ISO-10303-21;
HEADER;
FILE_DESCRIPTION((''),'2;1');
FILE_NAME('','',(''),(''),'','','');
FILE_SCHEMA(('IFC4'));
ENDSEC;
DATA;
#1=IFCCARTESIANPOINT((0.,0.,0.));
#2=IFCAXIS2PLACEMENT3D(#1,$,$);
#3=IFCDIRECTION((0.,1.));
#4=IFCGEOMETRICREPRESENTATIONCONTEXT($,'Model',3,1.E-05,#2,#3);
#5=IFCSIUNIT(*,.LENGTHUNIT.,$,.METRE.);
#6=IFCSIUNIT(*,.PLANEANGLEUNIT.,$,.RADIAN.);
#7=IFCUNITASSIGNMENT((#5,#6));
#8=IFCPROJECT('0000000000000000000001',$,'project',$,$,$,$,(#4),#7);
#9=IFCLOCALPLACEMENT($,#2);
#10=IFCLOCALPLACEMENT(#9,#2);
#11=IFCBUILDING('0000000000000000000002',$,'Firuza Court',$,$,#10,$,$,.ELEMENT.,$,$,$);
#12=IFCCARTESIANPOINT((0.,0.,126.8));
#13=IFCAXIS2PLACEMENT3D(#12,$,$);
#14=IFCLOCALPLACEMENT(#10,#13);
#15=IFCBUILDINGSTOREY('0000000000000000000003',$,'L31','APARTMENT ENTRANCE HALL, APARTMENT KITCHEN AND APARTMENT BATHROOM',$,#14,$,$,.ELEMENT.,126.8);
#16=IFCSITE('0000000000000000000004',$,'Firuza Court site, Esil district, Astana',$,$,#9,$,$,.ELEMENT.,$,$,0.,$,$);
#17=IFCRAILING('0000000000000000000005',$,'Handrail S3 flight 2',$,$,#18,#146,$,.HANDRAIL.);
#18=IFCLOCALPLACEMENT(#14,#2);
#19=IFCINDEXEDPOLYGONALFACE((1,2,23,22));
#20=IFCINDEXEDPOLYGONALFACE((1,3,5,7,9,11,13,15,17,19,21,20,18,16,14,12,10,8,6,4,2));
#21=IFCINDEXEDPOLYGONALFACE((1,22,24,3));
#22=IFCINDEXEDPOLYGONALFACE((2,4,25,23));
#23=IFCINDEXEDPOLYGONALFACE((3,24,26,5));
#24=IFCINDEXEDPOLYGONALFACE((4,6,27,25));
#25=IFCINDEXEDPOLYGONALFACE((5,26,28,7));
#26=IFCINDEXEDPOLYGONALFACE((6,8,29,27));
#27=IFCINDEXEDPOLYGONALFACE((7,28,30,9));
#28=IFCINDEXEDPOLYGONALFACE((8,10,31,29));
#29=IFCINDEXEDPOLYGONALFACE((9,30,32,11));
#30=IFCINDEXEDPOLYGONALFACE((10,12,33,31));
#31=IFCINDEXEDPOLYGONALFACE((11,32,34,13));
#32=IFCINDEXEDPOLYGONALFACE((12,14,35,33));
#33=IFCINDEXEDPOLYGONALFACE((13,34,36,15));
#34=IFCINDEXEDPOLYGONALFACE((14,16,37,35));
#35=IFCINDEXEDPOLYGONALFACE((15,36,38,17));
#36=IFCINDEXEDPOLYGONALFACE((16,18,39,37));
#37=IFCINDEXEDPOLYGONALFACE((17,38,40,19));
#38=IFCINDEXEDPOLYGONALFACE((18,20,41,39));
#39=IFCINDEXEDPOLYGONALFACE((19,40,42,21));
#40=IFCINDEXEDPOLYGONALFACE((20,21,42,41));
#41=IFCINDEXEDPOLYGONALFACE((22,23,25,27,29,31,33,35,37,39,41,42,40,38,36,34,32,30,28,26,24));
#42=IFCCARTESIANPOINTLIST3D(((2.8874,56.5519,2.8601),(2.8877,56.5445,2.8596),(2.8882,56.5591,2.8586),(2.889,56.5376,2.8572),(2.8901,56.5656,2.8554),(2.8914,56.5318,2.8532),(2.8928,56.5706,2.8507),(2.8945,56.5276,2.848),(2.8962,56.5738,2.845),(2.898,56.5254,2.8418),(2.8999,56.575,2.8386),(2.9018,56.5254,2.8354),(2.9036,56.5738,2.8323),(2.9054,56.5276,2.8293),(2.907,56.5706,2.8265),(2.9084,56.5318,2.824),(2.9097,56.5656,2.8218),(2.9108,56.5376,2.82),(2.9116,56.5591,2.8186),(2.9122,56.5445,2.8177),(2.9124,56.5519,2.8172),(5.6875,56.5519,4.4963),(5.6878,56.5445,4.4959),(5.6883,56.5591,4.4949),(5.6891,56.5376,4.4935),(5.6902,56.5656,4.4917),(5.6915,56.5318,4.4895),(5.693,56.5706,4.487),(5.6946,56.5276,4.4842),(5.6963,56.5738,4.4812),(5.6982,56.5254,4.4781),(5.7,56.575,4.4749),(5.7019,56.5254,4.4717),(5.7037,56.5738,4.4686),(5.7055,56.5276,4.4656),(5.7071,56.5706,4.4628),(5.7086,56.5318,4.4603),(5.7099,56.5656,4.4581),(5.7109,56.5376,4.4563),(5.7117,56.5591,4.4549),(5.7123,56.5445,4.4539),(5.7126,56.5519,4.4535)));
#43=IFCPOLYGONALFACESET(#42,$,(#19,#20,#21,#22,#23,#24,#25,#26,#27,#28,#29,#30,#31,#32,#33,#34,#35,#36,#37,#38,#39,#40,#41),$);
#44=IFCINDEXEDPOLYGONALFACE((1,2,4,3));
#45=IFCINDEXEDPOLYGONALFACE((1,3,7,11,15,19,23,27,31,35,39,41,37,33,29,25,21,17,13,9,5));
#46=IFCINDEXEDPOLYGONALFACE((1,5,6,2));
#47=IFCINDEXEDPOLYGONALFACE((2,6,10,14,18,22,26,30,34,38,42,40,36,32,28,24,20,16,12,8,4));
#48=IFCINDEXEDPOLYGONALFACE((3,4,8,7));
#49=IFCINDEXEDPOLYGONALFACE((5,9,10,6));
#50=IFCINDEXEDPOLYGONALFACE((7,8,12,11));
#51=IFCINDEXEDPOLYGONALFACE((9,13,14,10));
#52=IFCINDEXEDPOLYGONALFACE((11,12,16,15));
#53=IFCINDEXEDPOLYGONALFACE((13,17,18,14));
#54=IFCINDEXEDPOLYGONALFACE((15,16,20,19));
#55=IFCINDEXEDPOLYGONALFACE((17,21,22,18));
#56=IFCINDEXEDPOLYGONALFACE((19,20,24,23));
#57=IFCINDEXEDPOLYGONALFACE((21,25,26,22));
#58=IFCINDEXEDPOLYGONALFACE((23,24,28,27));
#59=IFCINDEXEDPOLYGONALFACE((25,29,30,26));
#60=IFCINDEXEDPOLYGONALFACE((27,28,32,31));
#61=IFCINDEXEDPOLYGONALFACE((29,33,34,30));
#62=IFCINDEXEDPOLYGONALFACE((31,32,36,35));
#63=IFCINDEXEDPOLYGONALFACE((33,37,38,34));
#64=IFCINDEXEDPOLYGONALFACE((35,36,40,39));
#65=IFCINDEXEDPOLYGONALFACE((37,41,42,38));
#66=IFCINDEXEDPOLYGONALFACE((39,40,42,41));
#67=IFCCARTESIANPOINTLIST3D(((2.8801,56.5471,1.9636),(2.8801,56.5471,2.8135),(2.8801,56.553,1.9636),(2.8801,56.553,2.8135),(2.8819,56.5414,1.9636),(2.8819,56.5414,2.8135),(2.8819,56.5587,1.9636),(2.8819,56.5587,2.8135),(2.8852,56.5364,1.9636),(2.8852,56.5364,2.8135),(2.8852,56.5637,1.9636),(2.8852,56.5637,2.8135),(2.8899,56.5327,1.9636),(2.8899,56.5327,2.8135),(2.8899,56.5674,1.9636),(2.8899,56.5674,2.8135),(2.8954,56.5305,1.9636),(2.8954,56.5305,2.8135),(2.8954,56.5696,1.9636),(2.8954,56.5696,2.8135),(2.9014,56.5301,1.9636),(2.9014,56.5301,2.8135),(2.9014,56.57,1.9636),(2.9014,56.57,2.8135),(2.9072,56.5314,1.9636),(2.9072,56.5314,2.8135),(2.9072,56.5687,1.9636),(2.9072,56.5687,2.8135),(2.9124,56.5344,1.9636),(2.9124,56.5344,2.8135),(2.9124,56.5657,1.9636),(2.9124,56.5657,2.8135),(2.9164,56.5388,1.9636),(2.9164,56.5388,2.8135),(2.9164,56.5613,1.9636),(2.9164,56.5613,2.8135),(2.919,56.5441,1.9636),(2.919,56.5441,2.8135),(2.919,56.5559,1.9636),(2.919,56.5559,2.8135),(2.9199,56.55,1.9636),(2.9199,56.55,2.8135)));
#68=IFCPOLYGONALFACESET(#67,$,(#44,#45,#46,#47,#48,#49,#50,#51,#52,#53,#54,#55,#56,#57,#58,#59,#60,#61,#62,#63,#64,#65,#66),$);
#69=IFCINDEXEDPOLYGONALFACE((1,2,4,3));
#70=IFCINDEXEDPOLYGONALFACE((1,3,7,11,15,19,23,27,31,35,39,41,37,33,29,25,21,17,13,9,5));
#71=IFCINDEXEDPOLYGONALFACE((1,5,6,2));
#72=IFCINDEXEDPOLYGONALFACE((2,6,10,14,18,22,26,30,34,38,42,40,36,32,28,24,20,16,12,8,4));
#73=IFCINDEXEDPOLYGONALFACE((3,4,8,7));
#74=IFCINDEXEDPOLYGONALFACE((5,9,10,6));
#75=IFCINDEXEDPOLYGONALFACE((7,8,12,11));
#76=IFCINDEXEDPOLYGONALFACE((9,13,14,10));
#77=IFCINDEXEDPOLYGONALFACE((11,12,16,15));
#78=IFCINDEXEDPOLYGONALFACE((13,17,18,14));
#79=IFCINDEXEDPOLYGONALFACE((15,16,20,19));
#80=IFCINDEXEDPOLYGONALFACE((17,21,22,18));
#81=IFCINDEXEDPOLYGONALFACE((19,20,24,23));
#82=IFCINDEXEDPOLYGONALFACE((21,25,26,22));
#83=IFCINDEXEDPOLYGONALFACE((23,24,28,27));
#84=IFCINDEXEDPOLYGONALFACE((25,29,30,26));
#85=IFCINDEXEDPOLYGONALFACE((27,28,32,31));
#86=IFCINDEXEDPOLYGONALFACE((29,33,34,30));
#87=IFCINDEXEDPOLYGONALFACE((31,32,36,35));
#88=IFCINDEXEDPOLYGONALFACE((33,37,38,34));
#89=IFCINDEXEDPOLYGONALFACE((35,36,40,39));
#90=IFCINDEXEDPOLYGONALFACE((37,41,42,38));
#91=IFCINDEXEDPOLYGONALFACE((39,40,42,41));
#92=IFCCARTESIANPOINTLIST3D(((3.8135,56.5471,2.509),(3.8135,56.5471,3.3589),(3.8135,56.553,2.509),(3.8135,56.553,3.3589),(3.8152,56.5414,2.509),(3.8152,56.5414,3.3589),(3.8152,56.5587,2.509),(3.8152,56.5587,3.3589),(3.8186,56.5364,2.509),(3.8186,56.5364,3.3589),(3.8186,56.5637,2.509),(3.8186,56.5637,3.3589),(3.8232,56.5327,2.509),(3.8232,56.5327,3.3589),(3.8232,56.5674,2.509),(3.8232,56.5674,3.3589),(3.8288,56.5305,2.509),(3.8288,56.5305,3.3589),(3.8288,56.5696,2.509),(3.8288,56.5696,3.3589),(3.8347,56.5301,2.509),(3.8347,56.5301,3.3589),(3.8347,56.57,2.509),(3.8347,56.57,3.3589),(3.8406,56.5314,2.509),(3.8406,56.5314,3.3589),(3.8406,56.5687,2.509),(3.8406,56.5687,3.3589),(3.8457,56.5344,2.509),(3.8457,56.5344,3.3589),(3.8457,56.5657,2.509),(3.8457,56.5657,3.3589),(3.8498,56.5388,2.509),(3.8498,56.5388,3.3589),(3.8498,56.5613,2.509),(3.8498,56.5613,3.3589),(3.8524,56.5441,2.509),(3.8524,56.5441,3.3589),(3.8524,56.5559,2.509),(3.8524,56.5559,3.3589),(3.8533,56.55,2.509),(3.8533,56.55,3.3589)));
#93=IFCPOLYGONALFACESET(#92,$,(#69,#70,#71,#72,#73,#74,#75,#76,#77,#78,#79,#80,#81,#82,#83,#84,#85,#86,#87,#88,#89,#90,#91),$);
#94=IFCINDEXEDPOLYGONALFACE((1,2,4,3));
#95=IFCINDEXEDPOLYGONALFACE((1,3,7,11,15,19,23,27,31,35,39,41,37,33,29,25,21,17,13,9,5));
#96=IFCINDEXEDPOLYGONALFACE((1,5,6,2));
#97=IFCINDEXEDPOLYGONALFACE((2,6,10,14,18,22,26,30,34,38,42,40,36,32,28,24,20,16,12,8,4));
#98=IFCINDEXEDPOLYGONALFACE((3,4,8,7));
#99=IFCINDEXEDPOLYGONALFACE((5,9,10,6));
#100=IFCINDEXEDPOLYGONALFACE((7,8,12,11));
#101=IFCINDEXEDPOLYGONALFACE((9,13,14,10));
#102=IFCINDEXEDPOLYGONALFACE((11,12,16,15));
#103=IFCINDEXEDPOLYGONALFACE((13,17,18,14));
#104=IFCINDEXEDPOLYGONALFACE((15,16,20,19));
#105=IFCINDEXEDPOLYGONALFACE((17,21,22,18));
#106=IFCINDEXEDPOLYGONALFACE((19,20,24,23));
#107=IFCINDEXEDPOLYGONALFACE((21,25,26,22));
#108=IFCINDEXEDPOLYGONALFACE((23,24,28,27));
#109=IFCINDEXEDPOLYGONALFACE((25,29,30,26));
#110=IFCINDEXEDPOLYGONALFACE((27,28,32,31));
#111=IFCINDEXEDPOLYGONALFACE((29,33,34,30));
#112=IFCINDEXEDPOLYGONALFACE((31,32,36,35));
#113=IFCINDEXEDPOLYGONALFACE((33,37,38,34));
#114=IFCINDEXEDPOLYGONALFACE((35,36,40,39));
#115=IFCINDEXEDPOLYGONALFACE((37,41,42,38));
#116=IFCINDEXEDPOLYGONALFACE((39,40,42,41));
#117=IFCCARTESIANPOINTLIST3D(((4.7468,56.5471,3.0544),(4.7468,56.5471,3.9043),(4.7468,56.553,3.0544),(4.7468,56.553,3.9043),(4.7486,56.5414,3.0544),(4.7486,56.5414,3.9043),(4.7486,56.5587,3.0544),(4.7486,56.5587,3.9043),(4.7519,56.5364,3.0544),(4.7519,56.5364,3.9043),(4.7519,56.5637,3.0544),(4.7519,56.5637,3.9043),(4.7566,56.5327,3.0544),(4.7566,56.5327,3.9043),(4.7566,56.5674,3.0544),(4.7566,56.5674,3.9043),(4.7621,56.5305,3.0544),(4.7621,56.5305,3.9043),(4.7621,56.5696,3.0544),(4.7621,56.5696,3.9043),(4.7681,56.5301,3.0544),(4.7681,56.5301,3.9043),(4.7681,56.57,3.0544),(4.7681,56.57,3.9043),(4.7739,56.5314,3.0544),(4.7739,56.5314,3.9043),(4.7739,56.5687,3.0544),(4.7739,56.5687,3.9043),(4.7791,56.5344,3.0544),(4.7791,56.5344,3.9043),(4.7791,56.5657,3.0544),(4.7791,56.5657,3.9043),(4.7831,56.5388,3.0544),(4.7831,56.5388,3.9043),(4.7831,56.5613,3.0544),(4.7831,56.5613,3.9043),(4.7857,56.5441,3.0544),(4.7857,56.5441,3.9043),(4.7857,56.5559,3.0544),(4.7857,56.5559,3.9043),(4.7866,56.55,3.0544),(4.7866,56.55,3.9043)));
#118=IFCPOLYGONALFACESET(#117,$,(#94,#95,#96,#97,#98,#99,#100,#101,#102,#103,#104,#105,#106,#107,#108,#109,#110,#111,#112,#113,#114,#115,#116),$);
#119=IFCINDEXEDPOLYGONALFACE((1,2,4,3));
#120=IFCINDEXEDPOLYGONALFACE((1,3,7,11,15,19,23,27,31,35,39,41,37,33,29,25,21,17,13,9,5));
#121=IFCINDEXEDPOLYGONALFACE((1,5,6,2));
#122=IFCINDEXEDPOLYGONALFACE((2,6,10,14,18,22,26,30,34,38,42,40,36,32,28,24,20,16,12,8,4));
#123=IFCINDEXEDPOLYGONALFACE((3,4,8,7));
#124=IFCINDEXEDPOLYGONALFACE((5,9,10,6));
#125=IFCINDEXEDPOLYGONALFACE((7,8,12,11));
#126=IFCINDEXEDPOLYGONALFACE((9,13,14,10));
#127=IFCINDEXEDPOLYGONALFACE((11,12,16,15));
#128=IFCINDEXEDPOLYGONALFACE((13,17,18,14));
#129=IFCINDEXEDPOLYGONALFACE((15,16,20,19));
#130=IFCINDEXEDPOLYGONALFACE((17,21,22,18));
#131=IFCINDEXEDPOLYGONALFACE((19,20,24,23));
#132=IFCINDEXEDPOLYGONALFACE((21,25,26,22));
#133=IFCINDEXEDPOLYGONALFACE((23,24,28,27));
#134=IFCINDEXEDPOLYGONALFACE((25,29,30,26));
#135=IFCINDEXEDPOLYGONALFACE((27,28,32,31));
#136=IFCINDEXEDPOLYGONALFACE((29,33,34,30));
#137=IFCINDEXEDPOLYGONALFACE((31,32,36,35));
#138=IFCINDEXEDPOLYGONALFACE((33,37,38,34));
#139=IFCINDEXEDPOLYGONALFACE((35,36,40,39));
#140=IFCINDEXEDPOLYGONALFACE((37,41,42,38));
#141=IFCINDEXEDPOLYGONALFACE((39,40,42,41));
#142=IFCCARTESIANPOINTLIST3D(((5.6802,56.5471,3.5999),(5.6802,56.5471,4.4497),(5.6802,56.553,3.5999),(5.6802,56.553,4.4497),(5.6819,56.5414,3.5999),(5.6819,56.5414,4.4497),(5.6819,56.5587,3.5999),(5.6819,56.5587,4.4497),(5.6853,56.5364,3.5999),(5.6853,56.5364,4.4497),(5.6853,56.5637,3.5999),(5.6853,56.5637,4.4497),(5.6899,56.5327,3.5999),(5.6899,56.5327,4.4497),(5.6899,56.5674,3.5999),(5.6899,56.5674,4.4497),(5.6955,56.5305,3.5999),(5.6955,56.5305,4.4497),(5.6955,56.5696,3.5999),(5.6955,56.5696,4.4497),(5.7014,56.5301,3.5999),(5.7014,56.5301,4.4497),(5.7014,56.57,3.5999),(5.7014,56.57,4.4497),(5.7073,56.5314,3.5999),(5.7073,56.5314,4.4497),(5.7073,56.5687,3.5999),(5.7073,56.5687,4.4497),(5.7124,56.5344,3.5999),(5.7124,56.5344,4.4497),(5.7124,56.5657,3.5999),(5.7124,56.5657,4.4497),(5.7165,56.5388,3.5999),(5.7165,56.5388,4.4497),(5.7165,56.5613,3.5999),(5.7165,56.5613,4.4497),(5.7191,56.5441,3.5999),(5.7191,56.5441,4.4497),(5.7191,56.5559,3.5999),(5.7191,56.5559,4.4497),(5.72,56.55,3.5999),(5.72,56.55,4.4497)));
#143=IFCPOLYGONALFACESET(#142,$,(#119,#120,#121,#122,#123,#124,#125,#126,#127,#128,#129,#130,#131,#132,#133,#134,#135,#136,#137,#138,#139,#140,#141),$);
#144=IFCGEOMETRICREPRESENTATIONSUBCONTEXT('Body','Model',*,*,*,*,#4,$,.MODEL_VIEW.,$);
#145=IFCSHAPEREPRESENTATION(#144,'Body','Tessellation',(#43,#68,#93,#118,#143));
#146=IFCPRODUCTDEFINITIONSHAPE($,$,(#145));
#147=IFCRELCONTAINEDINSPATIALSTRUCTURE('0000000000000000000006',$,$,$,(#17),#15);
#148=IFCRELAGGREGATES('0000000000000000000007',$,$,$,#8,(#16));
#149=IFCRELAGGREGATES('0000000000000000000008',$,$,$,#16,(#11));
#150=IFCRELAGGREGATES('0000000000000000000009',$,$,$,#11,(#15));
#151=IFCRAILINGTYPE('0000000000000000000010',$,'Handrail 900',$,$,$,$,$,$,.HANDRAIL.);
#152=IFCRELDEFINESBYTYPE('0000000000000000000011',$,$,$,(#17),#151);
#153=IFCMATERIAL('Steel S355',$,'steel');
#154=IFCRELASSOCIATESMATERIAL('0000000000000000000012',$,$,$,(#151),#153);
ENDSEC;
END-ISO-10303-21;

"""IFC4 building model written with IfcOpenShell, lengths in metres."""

from ifc_helpers import new_model, si_unit, direction, frame, origin, origin_2d, place, context, subcontext, project, spatial, circle, extrude, material, type_object, element, save


model = new_model("IFC4")

# Units and contexts
model_context = context("Model", 3, precision=1e-05, world=origin(), true_north=direction((0.0, 1.0)))
body_context = subcontext(model_context, "Body", "Model", "MODEL_VIEW")
ifc_project = project(units=[si_unit("LENGTHUNIT", "METRE"), si_unit("PLANEANGLEUNIT", "RADIAN")], contexts=[model_context])

# Site, building, storey
site_placement = place(None, origin())
site = spatial("IfcSite", under=ifc_project, at=site_placement, Name="Firuza Court site, Esil district, Astana", CompositionType="ELEMENT", RefElevation=0.0)
building_placement = place(site_placement, origin())
building = spatial("IfcBuilding", under=site, at=building_placement, Name="Firuza Court", CompositionType="ELEMENT")
storey_placement = place(building_placement, frame((0.0, 0.0, 126.8)))
storey = spatial("IfcBuildingStorey", under=building, at=storey_placement, Name="L31", Description="APARTMENT ENTRANCE HALL, APARTMENT KITCHEN AND APARTMENT BATHROOM", CompositionType="ELEMENT", Elevation=126.8)

# Railing
ifc_material_1 = material(Name="Steel S355", Category="steel")
railing_type = type_object("IfcRailingType", Name="Handrail 900", PredefinedType="HANDRAIL", material=ifc_material_1)
railing_placement = place(storey_placement, frame((2.8999, 56.55, 1.9636)))
element("IfcRailing", 1, at=railing_placement, inside=storey, type_object=railing_type, Name="Handrail S3 flight 2", PredefinedType="HANDRAIL", context=body_context, shape_type="SweptSolid", body=[
    extrude(circle(Radius=0.0249, at=origin_2d()), frame((0.0, 0.0, 0.875), z_axis=(0.863394, 0.0, 0.504531), x_axis=(0.0, 1.0, 0.0)), (0.0, 0.0, 1.0), 3.2432),
    extrude(circle(Radius=0.02, at=origin_2d()), origin(), (0.0, 0.0, 1.0), 0.8499),
    extrude(circle(Radius=0.02, at=origin_2d()), frame((0.9333, 0.0, 0.5454)), (0.0, 0.0, 1.0), 0.8499),
    extrude(circle(Radius=0.02, at=origin_2d()), frame((1.8667, 0.0, 1.0908)), (0.0, 0.0, 1.0), 0.8499),
    extrude(circle(Radius=0.02, at=origin_2d()), frame((2.8, 0.0, 1.6362)), (0.0, 0.0, 1.0), 0.8499),
])

save(model, "model.ifc")
